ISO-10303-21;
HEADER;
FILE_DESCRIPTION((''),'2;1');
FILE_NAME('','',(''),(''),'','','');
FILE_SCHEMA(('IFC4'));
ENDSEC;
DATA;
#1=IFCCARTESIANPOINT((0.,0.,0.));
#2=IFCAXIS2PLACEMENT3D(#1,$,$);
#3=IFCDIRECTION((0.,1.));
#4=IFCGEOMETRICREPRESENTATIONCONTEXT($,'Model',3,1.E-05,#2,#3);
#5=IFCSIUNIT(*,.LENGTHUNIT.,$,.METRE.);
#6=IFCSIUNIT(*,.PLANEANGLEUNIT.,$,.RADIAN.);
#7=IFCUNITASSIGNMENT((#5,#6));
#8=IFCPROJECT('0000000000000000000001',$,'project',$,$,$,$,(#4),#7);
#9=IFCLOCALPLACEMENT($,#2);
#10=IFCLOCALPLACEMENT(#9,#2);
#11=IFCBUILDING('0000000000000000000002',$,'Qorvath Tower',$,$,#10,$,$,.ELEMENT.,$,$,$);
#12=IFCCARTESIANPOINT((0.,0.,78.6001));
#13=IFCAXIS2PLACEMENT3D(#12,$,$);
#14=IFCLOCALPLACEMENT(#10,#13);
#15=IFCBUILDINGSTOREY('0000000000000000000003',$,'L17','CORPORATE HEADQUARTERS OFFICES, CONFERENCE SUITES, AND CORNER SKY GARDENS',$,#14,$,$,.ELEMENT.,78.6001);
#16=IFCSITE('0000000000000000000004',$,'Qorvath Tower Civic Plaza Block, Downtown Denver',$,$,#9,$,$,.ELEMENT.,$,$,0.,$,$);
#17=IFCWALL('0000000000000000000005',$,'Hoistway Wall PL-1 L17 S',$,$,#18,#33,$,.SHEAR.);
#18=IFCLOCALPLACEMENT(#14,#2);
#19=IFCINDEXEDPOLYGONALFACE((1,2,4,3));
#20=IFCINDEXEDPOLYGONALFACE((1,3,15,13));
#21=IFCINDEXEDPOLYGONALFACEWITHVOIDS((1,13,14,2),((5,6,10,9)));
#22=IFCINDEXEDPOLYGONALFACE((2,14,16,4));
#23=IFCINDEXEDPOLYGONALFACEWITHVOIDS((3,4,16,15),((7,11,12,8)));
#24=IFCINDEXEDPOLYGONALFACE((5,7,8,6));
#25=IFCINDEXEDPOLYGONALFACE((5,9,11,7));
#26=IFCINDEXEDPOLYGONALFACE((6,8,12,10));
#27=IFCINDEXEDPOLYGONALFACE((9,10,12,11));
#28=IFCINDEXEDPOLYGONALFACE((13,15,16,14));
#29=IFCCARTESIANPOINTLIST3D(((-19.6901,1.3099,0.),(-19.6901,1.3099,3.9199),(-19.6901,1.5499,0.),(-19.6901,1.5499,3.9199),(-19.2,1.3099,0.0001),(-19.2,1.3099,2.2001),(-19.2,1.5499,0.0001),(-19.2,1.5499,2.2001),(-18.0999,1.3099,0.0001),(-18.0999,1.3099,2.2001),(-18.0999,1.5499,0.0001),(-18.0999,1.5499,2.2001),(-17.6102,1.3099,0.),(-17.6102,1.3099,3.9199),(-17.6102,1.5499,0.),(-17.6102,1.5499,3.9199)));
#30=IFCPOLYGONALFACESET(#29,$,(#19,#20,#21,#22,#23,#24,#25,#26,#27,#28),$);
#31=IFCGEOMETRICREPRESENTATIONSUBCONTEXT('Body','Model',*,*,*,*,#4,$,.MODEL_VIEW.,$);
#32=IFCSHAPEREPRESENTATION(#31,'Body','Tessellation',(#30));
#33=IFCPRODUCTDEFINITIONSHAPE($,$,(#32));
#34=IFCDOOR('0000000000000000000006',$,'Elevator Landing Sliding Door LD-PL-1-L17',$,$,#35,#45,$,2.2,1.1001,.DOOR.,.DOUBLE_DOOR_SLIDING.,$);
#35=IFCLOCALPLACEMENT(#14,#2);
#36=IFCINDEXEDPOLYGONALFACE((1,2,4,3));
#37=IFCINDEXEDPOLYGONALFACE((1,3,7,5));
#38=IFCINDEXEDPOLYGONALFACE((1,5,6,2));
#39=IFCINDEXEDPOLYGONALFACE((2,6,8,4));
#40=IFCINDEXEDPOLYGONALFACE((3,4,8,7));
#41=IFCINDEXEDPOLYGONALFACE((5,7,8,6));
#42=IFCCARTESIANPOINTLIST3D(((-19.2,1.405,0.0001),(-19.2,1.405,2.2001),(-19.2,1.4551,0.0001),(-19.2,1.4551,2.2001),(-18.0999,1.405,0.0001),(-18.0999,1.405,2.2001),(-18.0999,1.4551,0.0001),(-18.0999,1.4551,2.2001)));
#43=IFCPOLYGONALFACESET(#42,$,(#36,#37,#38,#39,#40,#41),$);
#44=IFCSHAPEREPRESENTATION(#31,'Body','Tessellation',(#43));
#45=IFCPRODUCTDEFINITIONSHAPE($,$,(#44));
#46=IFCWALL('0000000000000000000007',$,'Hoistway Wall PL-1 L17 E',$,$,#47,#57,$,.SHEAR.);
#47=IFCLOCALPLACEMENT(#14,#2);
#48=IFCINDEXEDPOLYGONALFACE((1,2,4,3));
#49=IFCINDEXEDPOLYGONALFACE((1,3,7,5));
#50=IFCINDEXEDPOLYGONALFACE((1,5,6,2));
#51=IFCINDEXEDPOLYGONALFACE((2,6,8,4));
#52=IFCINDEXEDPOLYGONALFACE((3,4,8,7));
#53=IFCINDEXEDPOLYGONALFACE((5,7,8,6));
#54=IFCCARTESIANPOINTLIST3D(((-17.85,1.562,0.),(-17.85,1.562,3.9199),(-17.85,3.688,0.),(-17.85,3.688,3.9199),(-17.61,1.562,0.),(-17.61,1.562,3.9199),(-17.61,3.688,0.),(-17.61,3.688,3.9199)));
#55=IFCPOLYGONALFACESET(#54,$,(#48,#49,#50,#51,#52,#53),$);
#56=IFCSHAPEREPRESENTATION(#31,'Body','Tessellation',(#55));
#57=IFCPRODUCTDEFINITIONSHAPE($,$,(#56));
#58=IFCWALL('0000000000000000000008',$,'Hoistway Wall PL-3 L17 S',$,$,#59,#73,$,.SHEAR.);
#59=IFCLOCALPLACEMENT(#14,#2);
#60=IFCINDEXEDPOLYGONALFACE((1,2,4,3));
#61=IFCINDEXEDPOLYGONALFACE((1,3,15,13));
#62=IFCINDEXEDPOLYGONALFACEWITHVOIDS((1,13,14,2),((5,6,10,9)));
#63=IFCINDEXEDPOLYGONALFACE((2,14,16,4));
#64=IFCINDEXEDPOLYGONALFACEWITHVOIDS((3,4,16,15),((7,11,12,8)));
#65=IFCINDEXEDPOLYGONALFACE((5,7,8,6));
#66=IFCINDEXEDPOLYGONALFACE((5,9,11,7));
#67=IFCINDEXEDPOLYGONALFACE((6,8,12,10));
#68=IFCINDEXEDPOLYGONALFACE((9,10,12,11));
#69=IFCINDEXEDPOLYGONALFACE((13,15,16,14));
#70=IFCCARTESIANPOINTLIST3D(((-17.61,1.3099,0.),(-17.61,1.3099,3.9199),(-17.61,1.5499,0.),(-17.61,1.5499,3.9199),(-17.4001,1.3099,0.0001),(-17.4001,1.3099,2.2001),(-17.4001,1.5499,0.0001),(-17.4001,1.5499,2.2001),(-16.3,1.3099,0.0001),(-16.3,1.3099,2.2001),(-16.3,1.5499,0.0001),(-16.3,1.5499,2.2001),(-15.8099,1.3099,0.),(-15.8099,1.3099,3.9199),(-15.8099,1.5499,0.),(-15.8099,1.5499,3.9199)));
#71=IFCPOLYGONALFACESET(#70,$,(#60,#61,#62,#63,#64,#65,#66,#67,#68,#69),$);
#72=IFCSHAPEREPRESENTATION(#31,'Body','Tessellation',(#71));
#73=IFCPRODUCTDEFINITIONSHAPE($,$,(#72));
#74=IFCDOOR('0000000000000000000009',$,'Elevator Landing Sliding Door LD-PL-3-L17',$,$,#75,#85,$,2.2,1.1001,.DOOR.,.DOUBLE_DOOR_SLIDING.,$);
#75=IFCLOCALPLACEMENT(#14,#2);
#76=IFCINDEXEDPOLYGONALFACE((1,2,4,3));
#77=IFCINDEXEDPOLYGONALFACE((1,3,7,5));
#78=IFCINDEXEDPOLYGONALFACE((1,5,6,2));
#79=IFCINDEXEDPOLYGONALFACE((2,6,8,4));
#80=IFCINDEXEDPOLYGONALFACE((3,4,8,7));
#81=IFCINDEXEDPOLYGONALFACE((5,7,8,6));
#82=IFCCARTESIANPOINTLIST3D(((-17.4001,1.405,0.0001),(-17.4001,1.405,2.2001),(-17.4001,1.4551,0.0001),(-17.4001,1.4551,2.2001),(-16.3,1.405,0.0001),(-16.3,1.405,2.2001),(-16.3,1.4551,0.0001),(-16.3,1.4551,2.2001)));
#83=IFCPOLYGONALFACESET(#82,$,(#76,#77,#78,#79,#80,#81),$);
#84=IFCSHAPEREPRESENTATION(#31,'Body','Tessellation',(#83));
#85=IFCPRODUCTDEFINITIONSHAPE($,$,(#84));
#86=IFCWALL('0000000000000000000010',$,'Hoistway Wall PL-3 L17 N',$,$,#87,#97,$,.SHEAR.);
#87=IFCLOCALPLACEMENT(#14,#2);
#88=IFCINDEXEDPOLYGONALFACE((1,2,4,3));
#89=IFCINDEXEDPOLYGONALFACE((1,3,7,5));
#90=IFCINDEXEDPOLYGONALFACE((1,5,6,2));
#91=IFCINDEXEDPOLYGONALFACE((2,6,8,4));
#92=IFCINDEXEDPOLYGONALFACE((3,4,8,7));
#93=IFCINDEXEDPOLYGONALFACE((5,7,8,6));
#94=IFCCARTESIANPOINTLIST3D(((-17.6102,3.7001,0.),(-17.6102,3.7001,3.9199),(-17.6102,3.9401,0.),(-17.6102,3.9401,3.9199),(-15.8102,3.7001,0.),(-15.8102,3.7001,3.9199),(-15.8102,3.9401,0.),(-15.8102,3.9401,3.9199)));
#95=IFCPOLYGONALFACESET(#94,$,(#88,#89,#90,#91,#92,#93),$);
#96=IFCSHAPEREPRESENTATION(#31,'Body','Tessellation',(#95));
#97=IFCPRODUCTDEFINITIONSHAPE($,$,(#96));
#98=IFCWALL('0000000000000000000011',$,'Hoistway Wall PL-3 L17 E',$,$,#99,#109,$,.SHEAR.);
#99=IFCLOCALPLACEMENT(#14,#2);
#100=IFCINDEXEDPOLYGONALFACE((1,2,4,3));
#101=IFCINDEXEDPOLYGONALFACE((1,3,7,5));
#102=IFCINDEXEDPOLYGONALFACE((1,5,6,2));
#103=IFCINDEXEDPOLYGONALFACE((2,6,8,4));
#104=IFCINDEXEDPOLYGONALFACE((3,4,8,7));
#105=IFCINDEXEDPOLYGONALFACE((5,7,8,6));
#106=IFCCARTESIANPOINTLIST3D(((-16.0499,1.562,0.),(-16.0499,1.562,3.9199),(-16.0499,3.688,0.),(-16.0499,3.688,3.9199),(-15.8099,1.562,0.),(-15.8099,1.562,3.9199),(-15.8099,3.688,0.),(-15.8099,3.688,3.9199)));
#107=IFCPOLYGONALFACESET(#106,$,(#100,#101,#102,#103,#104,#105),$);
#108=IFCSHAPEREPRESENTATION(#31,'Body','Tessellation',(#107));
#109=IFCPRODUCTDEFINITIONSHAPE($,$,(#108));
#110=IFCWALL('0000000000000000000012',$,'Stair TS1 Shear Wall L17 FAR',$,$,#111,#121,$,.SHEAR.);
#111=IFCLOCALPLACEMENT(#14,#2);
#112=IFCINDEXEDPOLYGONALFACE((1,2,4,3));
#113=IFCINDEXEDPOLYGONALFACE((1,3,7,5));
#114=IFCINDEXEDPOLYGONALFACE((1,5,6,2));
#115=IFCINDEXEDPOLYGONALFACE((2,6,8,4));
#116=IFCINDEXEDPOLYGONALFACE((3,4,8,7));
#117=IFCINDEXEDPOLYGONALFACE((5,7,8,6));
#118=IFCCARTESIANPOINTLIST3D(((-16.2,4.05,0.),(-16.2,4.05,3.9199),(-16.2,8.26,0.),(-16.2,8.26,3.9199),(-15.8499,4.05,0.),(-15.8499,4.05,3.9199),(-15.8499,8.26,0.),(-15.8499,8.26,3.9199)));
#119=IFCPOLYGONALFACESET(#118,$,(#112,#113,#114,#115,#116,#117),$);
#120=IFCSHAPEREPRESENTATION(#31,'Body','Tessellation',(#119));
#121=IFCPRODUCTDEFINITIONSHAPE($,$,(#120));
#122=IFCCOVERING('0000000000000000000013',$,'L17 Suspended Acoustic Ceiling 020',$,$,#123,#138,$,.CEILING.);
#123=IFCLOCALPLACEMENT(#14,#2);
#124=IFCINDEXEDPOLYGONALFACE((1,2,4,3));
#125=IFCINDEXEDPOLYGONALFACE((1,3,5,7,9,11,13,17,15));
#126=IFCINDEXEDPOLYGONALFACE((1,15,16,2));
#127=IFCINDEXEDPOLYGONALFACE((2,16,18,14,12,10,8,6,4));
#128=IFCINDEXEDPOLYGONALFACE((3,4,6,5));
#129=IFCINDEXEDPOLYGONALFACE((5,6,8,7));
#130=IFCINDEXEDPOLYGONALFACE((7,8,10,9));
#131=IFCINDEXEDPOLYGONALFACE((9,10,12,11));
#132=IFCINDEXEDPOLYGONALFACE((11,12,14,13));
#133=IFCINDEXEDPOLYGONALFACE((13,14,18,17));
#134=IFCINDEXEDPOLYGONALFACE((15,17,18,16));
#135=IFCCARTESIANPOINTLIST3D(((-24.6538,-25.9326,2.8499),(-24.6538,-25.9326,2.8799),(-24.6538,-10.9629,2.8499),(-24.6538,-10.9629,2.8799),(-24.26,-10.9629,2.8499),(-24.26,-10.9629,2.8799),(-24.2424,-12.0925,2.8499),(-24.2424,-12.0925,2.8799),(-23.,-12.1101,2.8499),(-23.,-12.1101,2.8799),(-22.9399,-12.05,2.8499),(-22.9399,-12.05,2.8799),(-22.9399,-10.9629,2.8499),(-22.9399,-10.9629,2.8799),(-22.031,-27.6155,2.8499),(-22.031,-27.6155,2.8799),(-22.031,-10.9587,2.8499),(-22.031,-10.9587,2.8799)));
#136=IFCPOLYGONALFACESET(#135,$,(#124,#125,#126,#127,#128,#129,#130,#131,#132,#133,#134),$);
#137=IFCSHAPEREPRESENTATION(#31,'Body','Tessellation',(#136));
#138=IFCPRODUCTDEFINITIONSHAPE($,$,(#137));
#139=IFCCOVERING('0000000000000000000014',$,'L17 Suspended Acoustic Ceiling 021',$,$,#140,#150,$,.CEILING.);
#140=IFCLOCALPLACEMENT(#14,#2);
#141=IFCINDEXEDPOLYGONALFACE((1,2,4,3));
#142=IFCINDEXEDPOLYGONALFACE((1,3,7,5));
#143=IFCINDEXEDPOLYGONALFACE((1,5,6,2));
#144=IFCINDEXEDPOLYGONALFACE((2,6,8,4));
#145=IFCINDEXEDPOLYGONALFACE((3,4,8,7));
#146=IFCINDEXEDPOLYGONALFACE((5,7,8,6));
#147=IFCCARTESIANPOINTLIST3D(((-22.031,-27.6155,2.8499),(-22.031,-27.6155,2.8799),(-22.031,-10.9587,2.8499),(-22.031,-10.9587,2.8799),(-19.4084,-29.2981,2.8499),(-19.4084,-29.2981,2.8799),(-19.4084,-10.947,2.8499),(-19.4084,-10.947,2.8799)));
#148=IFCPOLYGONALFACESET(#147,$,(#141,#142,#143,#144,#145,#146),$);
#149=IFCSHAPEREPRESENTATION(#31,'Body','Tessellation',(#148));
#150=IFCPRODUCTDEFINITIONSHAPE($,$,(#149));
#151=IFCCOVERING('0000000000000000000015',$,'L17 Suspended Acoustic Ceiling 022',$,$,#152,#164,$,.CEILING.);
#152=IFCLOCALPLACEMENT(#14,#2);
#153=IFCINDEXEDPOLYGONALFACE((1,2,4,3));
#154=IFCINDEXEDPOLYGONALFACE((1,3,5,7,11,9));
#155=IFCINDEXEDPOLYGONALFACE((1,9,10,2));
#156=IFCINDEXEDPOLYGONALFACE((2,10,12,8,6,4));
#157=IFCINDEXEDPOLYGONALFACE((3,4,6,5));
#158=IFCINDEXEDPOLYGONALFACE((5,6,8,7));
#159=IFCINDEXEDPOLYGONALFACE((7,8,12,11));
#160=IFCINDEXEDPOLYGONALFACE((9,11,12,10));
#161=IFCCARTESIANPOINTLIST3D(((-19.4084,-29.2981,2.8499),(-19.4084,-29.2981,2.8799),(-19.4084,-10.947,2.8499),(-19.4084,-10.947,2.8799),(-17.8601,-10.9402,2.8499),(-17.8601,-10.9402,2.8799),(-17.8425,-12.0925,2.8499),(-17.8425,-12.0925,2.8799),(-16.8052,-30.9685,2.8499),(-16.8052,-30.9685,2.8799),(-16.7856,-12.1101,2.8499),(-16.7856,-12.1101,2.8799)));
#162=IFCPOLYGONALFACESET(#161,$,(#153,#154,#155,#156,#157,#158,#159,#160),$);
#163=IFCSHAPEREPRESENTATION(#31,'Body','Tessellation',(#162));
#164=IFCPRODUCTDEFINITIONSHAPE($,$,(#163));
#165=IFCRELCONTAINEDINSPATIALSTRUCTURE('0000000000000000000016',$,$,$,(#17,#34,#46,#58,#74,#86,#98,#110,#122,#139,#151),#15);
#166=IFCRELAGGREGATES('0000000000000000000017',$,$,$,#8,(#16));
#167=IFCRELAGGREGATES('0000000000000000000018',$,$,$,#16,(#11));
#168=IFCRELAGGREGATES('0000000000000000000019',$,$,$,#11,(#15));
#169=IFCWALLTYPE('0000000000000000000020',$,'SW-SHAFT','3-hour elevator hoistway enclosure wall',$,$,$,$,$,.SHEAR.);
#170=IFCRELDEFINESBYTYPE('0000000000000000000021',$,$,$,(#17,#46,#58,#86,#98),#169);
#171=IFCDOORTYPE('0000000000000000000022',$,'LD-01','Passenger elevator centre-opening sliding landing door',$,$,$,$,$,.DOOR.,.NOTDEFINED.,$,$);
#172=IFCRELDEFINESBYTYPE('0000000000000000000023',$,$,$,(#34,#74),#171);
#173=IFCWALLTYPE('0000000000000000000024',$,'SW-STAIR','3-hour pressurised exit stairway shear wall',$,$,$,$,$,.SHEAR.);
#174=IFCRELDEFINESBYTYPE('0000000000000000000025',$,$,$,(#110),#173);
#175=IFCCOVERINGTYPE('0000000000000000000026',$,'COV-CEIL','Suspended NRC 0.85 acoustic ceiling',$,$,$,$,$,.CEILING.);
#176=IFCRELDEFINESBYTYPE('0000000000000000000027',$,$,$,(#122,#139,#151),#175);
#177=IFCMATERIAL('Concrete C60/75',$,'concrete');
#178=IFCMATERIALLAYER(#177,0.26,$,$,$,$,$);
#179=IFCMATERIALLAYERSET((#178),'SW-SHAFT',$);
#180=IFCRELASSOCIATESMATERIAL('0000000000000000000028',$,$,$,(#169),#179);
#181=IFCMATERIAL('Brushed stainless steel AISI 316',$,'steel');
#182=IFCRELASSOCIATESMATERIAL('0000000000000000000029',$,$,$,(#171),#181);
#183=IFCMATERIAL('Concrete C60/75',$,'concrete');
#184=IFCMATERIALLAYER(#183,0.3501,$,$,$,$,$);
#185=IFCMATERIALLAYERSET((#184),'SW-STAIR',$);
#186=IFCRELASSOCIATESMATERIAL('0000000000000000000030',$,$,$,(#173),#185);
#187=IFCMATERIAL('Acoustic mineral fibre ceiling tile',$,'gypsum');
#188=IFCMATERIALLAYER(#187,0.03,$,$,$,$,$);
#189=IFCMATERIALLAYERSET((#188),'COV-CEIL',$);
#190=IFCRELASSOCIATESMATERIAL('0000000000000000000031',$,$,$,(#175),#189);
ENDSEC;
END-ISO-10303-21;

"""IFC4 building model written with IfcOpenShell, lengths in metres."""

from ifc_helpers import new_model, si_unit, direction, frame, frame_2d, origin, place, context, subcontext, project, spatial, polyline, rectangle, outline, extrude, material, layer, layer_set, type_object, element, fill, save


model = new_model("IFC4")

# Units and contexts
model_context = context("Model", 3, precision=1e-05, world=origin(), true_north=direction((0.0, 1.0)))
body_context = subcontext(model_context, "Body", "Model", "MODEL_VIEW")
ifc_project = project(units=[si_unit("LENGTHUNIT", "METRE"), si_unit("PLANEANGLEUNIT", "RADIAN")], contexts=[model_context])

# Site, building, storey
site_placement = place(None, origin())
site = spatial("IfcSite", under=ifc_project, at=site_placement, Name="Qorvath Tower Civic Plaza Block, Downtown Denver", CompositionType="ELEMENT", RefElevation=0.0)
building_placement = place(site_placement, origin())
building = spatial("IfcBuilding", under=site, at=building_placement, Name="Qorvath Tower", CompositionType="ELEMENT")
storey_placement = place(building_placement, frame((0.0, 0.0, 78.6001)))
storey = spatial("IfcBuildingStorey", under=building, at=storey_placement, Name="L17", Description="CORPORATE HEADQUARTERS OFFICES, CONFERENCE SUITES, AND CORNER SKY GARDENS", CompositionType="ELEMENT", Elevation=78.6001)

# Wall, opening, door
ifc_material_1 = material(Name="Concrete C60/75", Category="concrete")
ifc_layer_1 = layer(ifc_material_1, 0.26)
ifc_layer_set_1 = layer_set([ifc_layer_1], Name="SW-SHAFT")
wall_type_1 = type_object("IfcWallType", Name="SW-SHAFT", Description="3-hour elevator hoistway enclosure wall", PredefinedType="SHEAR", material=ifc_layer_set_1)
wall_1_placement = place(storey_placement, frame((-17.6101, 1.4299, 0.0), z_axis=(0.0, 0.0, 1.0), x_axis=(-1.0, 0.0, 0.0)))
wall_1 = element("IfcWall", 1, at=wall_1_placement, inside=storey, type_object=wall_type_1, Name="Hoistway Wall PL-1 L17 S", PredefinedType="SHEAR", context=body_context, shape_type="SweptSolid", body=[
    extrude(rectangle(XDim=2.0798, YDim=0.24, at=frame_2d((1.04, 0.0))), origin(), (0.0, 0.0, 1.0), 3.9199),
])
opening_1_placement = place(wall_1_placement, frame((0.4897, 0.0, 0.0)))
opening_1 = element("IfcOpeningElement", 2, at=opening_1_placement, cuts=wall_1, PredefinedType="OPENING", context=body_context, shape_type="SweptSolid", body=[
    extrude(rectangle(XDim=1.1001, YDim=2.2, at=frame_2d((0.55, 1.1001))), frame((0.0, 0.1299, 0.0), z_axis=(0.0, -1.0, 0.0), x_axis=(1.0, 0.0, 0.0)), (0.0, 0.0, 1.0), 0.26),
])
ifc_material_2 = material(Name="Brushed stainless steel AISI 316", Category="steel")
door_type = type_object("IfcDoorType", Name="LD-01", Description="Passenger elevator centre-opening sliding landing door", OperationType="NOTDEFINED", PredefinedType="DOOR", material=ifc_material_2)
door_1_placement = place(opening_1_placement, origin())
door_1 = element("IfcDoor", 3, at=door_1_placement, inside=storey, type_object=door_type, Name="Elevator Landing Sliding Door LD-PL-1-L17", OperationType="DOUBLE_DOOR_SLIDING", OverallHeight=2.2, OverallWidth=1.1001, PredefinedType="DOOR", context=body_context, shape_type="SweptSolid", body=[
    extrude(rectangle(XDim=1.1001, YDim=2.2, at=frame_2d((0.55, 1.1001))), frame((0.0, 0.0249, 0.0), z_axis=(0.0, -1.0, 0.0), x_axis=(1.0, 0.0, 0.0)), (0.0, 0.0, 1.0), 0.05),
])
fill(opening_1, door_1)

# Wall
wall_2_placement = place(storey_placement, frame((-17.73, 3.688, 0.0), z_axis=(0.0, 0.0, 1.0), x_axis=(0.0, -1.0, 0.0)))
element("IfcWall", 4, at=wall_2_placement, inside=storey, type_object=wall_type_1, Name="Hoistway Wall PL-1 L17 E", PredefinedType="SHEAR", context=body_context, shape_type="SweptSolid", body=[
    extrude(rectangle(XDim=2.126, YDim=0.24, at=frame_2d((1.063, 0.0))), origin(), (0.0, 0.0, 1.0), 3.9199),
])

# Wall, opening, door
wall_3_placement = place(storey_placement, frame((-15.8101, 1.4299, 0.0), z_axis=(0.0, 0.0, 1.0), x_axis=(-1.0, 0.0, 0.0)))
wall_3 = element("IfcWall", 5, at=wall_3_placement, inside=storey, type_object=wall_type_1, Name="Hoistway Wall PL-3 L17 S", PredefinedType="SHEAR", context=body_context, shape_type="SweptSolid", body=[
    extrude(rectangle(XDim=1.8, YDim=0.24, at=frame_2d((0.8999, 0.0))), origin(), (0.0, 0.0, 1.0), 3.9199),
])
opening_2_placement = place(wall_3_placement, frame((0.49, 0.0, 0.0)))
opening_2 = element("IfcOpeningElement", 6, at=opening_2_placement, cuts=wall_3, PredefinedType="OPENING", context=body_context, shape_type="SweptSolid", body=[
    extrude(rectangle(XDim=1.1001, YDim=2.2, at=frame_2d((0.55, 1.1001))), frame((0.0, 0.1299, 0.0), z_axis=(0.0, -1.0, 0.0), x_axis=(1.0, 0.0, 0.0)), (0.0, 0.0, 1.0), 0.26),
])
door_2_placement = place(opening_2_placement, origin())
door_2 = element("IfcDoor", 7, at=door_2_placement, inside=storey, type_object=door_type, Name="Elevator Landing Sliding Door LD-PL-3-L17", OperationType="DOUBLE_DOOR_SLIDING", OverallHeight=2.2, OverallWidth=1.1001, PredefinedType="DOOR", context=body_context, shape_type="SweptSolid", body=[
    extrude(rectangle(XDim=1.1001, YDim=2.2, at=frame_2d((0.55, 1.1001))), frame((0.0, 0.0249, 0.0), z_axis=(0.0, -1.0, 0.0), x_axis=(1.0, 0.0, 0.0)), (0.0, 0.0, 1.0), 0.05),
])
fill(opening_2, door_2)

# Walls
wall_4_placement = place(storey_placement, frame((-17.6101, 3.8201, 0.0), z_axis=(0.0, 0.0, 1.0), x_axis=(1.0, 0.0, 0.0)))
element("IfcWall", 8, at=wall_4_placement, inside=storey, type_object=wall_type_1, Name="Hoistway Wall PL-3 L17 N", PredefinedType="SHEAR", context=body_context, shape_type="SweptSolid", body=[
    extrude(rectangle(XDim=1.8, YDim=0.24, at=frame_2d((0.8999, 0.0))), origin(), (0.0, 0.0, 1.0), 3.9199),
])
wall_5_placement = place(storey_placement, frame((-15.9299, 3.688, 0.0), z_axis=(0.0, 0.0, 1.0), x_axis=(0.0, -1.0, 0.0)))
element("IfcWall", 9, at=wall_5_placement, inside=storey, type_object=wall_type_1, Name="Hoistway Wall PL-3 L17 E", PredefinedType="SHEAR", context=body_context, shape_type="SweptSolid", body=[
    extrude(rectangle(XDim=2.126, YDim=0.24, at=frame_2d((1.063, 0.0))), origin(), (0.0, 0.0, 1.0), 3.9199),
])
ifc_material_3 = material(Name="Concrete C60/75", Category="concrete")
ifc_layer_2 = layer(ifc_material_3, 0.3501)
ifc_layer_set_2 = layer_set([ifc_layer_2], Name="SW-STAIR")
wall_type_2 = type_object("IfcWallType", Name="SW-STAIR", Description="3-hour pressurised exit stairway shear wall", PredefinedType="SHEAR", material=ifc_layer_set_2)
wall_6_placement = place(storey_placement, frame((-16.0249, 4.05, 0.0), z_axis=(0.0, 0.0, 1.0), x_axis=(0.0, 1.0, 0.0)))
element("IfcWall", 10, at=wall_6_placement, inside=storey, type_object=wall_type_2, Name="Stair TS1 Shear Wall L17 FAR", PredefinedType="SHEAR", context=body_context, shape_type="SweptSolid", body=[
    extrude(rectangle(XDim=4.21, YDim=0.3501, at=frame_2d((2.105, 0.0))), origin(), (0.0, 0.0, 1.0), 3.9199),
])

# Coverings
ifc_material_4 = material(Name="Acoustic mineral fibre ceiling tile", Category="gypsum")
ifc_layer_3 = layer(ifc_material_4, 0.03)
ifc_layer_set_3 = layer_set([ifc_layer_3], Name="COV-CEIL")
covering_type_1 = type_object("IfcCoveringType", Name="COV-CEIL", Description="Suspended NRC 0.85 acoustic ceiling", PredefinedType="CEILING", material=ifc_layer_set_3)
covering_1_placement = place(storey_placement, frame((0.0, 0.0, 2.8499)))
element("IfcCovering", 11, at=covering_1_placement, inside=storey, type_object=covering_type_1, Name="L17 Suspended Acoustic Ceiling 020", PredefinedType="CEILING", context=body_context, shape_type="SweptSolid", body=[
    extrude(outline(polyline([(-24.6538, -25.9326), (-22.031, -27.6155), (-22.031, -10.9587), (-22.9399, -10.9629), (-22.9399, -12.05), (-23.0, -12.1101), (-24.2424, -12.0925), (-24.26, -10.9629), (-24.6538, -10.9629), (-24.6538, -25.9326)])), origin(), (0.0, 0.0, 1.0), 0.03),
])
covering_2_placement = place(storey_placement, frame((0.0, 0.0, 2.8499)))
element("IfcCovering", 12, at=covering_2_placement, inside=storey, type_object=covering_type_1, Name="L17 Suspended Acoustic Ceiling 021", PredefinedType="CEILING", context=body_context, shape_type="SweptSolid", body=[
    extrude(outline(polyline([(-22.031, -10.9587), (-22.031, -27.6155), (-19.4084, -29.2981), (-19.4084, -10.947), (-22.031, -10.9587)])), origin(), (0.0, 0.0, 1.0), 0.03),
])
covering_3_placement = place(storey_placement, frame((0.0, 0.0, 2.8499)))
element("IfcCovering", 13, at=covering_3_placement, inside=storey, type_object=covering_type_1, Name="L17 Suspended Acoustic Ceiling 022", PredefinedType="CEILING", context=body_context, shape_type="SweptSolid", body=[
    extrude(outline(polyline([(-19.4084, -10.947), (-19.4084, -29.2981), (-16.8052, -30.9685), (-16.7856, -12.1101), (-17.8425, -12.0925), (-17.8601, -10.9402), (-19.4084, -10.947)])), origin(), (0.0, 0.0, 1.0), 0.03),
])

save(model, "model.ifc")
